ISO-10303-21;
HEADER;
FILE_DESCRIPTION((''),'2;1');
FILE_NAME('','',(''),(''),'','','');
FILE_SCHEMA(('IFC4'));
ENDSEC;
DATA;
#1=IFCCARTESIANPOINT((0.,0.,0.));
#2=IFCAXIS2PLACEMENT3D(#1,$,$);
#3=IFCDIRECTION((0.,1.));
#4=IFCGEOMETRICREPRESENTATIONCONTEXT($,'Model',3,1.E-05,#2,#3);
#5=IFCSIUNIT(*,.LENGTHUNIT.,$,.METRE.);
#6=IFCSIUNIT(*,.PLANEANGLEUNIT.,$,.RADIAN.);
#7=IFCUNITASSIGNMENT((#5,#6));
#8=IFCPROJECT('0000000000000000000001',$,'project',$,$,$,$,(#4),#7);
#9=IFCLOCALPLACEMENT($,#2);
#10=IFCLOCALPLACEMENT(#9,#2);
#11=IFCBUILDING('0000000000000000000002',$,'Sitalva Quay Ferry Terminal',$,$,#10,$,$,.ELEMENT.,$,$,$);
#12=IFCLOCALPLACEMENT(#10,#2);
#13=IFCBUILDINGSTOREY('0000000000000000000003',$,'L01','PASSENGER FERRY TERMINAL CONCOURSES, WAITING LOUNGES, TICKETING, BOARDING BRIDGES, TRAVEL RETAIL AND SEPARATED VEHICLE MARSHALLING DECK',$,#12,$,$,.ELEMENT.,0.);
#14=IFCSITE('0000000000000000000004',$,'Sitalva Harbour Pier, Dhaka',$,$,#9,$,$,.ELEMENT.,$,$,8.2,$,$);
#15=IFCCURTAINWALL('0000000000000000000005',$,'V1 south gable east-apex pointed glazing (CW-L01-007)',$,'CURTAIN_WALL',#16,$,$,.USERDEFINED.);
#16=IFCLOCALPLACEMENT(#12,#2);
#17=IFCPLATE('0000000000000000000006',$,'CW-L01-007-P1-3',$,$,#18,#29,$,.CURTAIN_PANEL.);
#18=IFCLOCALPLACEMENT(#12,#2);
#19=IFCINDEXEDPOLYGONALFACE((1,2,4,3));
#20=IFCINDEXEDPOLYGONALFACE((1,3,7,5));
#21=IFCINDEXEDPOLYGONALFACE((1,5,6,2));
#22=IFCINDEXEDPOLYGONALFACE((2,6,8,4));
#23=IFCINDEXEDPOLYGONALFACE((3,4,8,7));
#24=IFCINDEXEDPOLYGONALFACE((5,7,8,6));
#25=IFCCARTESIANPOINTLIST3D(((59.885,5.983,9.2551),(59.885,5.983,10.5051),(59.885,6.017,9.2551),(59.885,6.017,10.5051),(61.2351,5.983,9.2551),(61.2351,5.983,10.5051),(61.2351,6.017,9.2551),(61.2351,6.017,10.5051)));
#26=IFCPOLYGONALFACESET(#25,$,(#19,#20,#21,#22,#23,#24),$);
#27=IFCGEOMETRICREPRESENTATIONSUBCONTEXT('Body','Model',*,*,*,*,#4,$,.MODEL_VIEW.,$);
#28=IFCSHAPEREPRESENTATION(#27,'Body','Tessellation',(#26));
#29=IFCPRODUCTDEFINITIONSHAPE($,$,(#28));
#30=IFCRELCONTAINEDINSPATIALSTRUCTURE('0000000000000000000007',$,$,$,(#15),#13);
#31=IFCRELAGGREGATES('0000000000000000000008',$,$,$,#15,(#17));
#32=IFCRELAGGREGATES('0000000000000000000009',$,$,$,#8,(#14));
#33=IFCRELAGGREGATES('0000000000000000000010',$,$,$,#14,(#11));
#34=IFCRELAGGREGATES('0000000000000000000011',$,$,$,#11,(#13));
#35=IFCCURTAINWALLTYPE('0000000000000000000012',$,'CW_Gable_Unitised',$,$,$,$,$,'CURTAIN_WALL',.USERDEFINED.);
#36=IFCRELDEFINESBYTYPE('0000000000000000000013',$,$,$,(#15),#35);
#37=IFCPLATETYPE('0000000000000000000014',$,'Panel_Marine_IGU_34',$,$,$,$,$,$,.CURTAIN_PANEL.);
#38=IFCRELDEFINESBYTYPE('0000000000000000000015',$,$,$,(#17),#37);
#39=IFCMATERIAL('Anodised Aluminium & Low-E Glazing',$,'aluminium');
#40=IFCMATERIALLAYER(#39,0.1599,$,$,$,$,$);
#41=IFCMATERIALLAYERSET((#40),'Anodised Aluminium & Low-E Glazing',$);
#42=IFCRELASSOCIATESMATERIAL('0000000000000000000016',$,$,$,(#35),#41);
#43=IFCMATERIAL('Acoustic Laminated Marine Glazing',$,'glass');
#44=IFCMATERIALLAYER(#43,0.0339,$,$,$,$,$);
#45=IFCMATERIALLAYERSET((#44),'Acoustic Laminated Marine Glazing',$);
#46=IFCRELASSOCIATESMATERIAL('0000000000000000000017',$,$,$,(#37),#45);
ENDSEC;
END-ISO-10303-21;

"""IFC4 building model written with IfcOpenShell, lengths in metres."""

from ifc_helpers import new_model, si_unit, direction, frame, origin, origin_2d, place, context, subcontext, project, spatial, rectangle, extrude, material, layer, layer_set, type_object, element, aggregate, save


model = new_model("IFC4")

# Units and contexts
model_context = context("Model", 3, precision=1e-05, world=origin(), true_north=direction((0.0, 1.0)))
body_context = subcontext(model_context, "Body", "Model", "MODEL_VIEW")
ifc_project = project(units=[si_unit("LENGTHUNIT", "METRE"), si_unit("PLANEANGLEUNIT", "RADIAN")], contexts=[model_context])

# Site, building, storey
site_placement = place(None, origin())
site = spatial("IfcSite", under=ifc_project, at=site_placement, Name="Sitalva Harbour Pier, Dhaka", CompositionType="ELEMENT", RefElevation=8.2)
building_placement = place(site_placement, origin())
building = spatial("IfcBuilding", under=site, at=building_placement, Name="Sitalva Quay Ferry Terminal", CompositionType="ELEMENT")
storey_placement = place(building_placement, origin())
storey = spatial("IfcBuildingStorey", under=building, at=storey_placement, Name="L01", Description="PASSENGER FERRY TERMINAL CONCOURSES, WAITING LOUNGES, TICKETING, BOARDING BRIDGES, TRAVEL RETAIL AND SEPARATED VEHICLE MARSHALLING DECK", CompositionType="ELEMENT", Elevation=0.0)

# Curtain wall
ifc_material_1 = material(Name="Anodised Aluminium & Low-E Glazing", Category="aluminium")
ifc_layer_1 = layer(ifc_material_1, 0.1599)
ifc_layer_set_1 = layer_set([ifc_layer_1], Name="Anodised Aluminium & Low-E Glazing")
curtain_wall_type = type_object("IfcCurtainWallType", Name="CW_Gable_Unitised", ElementType="CURTAIN_WALL", PredefinedType="USERDEFINED", material=ifc_layer_set_1)
curtain_wall_1_placement = place(storey_placement, origin())
curtain_wall_1 = element("IfcCurtainWall", 1, at=curtain_wall_1_placement, inside=storey, type_object=curtain_wall_type, Name="V1 south gable east-apex pointed glazing (CW-L01-007)", ObjectType="CURTAIN_WALL", PredefinedType="USERDEFINED")

# Plate
ifc_material_2 = material(Name="Acoustic Laminated Marine Glazing", Category="glass")
ifc_layer_2 = layer(ifc_material_2, 0.0339)
ifc_layer_set_2 = layer_set([ifc_layer_2], Name="Acoustic Laminated Marine Glazing")
plate_type = type_object("IfcPlateType", Name="Panel_Marine_IGU_34", PredefinedType="CURTAIN_PANEL", material=ifc_layer_set_2)
plate_1_placement = place(storey_placement, frame((60.5601, 6.0, 9.2551), z_axis=(0.0, 0.0, 1.0), x_axis=(1.0, 0.0, 0.0)))
plate_1 = element("IfcPlate", 2, at=plate_1_placement, type_object=plate_type, Name="CW-L01-007-P1-3", PredefinedType="CURTAIN_PANEL", context=body_context, shape_type="SweptSolid", body=[
    extrude(rectangle(XDim=1.3501, YDim=0.0339, at=origin_2d()), origin(), (0.0, 0.0, 1.0), 1.25),
])
aggregate(curtain_wall_1, [plate_1])

save(model, "model.ifc")
